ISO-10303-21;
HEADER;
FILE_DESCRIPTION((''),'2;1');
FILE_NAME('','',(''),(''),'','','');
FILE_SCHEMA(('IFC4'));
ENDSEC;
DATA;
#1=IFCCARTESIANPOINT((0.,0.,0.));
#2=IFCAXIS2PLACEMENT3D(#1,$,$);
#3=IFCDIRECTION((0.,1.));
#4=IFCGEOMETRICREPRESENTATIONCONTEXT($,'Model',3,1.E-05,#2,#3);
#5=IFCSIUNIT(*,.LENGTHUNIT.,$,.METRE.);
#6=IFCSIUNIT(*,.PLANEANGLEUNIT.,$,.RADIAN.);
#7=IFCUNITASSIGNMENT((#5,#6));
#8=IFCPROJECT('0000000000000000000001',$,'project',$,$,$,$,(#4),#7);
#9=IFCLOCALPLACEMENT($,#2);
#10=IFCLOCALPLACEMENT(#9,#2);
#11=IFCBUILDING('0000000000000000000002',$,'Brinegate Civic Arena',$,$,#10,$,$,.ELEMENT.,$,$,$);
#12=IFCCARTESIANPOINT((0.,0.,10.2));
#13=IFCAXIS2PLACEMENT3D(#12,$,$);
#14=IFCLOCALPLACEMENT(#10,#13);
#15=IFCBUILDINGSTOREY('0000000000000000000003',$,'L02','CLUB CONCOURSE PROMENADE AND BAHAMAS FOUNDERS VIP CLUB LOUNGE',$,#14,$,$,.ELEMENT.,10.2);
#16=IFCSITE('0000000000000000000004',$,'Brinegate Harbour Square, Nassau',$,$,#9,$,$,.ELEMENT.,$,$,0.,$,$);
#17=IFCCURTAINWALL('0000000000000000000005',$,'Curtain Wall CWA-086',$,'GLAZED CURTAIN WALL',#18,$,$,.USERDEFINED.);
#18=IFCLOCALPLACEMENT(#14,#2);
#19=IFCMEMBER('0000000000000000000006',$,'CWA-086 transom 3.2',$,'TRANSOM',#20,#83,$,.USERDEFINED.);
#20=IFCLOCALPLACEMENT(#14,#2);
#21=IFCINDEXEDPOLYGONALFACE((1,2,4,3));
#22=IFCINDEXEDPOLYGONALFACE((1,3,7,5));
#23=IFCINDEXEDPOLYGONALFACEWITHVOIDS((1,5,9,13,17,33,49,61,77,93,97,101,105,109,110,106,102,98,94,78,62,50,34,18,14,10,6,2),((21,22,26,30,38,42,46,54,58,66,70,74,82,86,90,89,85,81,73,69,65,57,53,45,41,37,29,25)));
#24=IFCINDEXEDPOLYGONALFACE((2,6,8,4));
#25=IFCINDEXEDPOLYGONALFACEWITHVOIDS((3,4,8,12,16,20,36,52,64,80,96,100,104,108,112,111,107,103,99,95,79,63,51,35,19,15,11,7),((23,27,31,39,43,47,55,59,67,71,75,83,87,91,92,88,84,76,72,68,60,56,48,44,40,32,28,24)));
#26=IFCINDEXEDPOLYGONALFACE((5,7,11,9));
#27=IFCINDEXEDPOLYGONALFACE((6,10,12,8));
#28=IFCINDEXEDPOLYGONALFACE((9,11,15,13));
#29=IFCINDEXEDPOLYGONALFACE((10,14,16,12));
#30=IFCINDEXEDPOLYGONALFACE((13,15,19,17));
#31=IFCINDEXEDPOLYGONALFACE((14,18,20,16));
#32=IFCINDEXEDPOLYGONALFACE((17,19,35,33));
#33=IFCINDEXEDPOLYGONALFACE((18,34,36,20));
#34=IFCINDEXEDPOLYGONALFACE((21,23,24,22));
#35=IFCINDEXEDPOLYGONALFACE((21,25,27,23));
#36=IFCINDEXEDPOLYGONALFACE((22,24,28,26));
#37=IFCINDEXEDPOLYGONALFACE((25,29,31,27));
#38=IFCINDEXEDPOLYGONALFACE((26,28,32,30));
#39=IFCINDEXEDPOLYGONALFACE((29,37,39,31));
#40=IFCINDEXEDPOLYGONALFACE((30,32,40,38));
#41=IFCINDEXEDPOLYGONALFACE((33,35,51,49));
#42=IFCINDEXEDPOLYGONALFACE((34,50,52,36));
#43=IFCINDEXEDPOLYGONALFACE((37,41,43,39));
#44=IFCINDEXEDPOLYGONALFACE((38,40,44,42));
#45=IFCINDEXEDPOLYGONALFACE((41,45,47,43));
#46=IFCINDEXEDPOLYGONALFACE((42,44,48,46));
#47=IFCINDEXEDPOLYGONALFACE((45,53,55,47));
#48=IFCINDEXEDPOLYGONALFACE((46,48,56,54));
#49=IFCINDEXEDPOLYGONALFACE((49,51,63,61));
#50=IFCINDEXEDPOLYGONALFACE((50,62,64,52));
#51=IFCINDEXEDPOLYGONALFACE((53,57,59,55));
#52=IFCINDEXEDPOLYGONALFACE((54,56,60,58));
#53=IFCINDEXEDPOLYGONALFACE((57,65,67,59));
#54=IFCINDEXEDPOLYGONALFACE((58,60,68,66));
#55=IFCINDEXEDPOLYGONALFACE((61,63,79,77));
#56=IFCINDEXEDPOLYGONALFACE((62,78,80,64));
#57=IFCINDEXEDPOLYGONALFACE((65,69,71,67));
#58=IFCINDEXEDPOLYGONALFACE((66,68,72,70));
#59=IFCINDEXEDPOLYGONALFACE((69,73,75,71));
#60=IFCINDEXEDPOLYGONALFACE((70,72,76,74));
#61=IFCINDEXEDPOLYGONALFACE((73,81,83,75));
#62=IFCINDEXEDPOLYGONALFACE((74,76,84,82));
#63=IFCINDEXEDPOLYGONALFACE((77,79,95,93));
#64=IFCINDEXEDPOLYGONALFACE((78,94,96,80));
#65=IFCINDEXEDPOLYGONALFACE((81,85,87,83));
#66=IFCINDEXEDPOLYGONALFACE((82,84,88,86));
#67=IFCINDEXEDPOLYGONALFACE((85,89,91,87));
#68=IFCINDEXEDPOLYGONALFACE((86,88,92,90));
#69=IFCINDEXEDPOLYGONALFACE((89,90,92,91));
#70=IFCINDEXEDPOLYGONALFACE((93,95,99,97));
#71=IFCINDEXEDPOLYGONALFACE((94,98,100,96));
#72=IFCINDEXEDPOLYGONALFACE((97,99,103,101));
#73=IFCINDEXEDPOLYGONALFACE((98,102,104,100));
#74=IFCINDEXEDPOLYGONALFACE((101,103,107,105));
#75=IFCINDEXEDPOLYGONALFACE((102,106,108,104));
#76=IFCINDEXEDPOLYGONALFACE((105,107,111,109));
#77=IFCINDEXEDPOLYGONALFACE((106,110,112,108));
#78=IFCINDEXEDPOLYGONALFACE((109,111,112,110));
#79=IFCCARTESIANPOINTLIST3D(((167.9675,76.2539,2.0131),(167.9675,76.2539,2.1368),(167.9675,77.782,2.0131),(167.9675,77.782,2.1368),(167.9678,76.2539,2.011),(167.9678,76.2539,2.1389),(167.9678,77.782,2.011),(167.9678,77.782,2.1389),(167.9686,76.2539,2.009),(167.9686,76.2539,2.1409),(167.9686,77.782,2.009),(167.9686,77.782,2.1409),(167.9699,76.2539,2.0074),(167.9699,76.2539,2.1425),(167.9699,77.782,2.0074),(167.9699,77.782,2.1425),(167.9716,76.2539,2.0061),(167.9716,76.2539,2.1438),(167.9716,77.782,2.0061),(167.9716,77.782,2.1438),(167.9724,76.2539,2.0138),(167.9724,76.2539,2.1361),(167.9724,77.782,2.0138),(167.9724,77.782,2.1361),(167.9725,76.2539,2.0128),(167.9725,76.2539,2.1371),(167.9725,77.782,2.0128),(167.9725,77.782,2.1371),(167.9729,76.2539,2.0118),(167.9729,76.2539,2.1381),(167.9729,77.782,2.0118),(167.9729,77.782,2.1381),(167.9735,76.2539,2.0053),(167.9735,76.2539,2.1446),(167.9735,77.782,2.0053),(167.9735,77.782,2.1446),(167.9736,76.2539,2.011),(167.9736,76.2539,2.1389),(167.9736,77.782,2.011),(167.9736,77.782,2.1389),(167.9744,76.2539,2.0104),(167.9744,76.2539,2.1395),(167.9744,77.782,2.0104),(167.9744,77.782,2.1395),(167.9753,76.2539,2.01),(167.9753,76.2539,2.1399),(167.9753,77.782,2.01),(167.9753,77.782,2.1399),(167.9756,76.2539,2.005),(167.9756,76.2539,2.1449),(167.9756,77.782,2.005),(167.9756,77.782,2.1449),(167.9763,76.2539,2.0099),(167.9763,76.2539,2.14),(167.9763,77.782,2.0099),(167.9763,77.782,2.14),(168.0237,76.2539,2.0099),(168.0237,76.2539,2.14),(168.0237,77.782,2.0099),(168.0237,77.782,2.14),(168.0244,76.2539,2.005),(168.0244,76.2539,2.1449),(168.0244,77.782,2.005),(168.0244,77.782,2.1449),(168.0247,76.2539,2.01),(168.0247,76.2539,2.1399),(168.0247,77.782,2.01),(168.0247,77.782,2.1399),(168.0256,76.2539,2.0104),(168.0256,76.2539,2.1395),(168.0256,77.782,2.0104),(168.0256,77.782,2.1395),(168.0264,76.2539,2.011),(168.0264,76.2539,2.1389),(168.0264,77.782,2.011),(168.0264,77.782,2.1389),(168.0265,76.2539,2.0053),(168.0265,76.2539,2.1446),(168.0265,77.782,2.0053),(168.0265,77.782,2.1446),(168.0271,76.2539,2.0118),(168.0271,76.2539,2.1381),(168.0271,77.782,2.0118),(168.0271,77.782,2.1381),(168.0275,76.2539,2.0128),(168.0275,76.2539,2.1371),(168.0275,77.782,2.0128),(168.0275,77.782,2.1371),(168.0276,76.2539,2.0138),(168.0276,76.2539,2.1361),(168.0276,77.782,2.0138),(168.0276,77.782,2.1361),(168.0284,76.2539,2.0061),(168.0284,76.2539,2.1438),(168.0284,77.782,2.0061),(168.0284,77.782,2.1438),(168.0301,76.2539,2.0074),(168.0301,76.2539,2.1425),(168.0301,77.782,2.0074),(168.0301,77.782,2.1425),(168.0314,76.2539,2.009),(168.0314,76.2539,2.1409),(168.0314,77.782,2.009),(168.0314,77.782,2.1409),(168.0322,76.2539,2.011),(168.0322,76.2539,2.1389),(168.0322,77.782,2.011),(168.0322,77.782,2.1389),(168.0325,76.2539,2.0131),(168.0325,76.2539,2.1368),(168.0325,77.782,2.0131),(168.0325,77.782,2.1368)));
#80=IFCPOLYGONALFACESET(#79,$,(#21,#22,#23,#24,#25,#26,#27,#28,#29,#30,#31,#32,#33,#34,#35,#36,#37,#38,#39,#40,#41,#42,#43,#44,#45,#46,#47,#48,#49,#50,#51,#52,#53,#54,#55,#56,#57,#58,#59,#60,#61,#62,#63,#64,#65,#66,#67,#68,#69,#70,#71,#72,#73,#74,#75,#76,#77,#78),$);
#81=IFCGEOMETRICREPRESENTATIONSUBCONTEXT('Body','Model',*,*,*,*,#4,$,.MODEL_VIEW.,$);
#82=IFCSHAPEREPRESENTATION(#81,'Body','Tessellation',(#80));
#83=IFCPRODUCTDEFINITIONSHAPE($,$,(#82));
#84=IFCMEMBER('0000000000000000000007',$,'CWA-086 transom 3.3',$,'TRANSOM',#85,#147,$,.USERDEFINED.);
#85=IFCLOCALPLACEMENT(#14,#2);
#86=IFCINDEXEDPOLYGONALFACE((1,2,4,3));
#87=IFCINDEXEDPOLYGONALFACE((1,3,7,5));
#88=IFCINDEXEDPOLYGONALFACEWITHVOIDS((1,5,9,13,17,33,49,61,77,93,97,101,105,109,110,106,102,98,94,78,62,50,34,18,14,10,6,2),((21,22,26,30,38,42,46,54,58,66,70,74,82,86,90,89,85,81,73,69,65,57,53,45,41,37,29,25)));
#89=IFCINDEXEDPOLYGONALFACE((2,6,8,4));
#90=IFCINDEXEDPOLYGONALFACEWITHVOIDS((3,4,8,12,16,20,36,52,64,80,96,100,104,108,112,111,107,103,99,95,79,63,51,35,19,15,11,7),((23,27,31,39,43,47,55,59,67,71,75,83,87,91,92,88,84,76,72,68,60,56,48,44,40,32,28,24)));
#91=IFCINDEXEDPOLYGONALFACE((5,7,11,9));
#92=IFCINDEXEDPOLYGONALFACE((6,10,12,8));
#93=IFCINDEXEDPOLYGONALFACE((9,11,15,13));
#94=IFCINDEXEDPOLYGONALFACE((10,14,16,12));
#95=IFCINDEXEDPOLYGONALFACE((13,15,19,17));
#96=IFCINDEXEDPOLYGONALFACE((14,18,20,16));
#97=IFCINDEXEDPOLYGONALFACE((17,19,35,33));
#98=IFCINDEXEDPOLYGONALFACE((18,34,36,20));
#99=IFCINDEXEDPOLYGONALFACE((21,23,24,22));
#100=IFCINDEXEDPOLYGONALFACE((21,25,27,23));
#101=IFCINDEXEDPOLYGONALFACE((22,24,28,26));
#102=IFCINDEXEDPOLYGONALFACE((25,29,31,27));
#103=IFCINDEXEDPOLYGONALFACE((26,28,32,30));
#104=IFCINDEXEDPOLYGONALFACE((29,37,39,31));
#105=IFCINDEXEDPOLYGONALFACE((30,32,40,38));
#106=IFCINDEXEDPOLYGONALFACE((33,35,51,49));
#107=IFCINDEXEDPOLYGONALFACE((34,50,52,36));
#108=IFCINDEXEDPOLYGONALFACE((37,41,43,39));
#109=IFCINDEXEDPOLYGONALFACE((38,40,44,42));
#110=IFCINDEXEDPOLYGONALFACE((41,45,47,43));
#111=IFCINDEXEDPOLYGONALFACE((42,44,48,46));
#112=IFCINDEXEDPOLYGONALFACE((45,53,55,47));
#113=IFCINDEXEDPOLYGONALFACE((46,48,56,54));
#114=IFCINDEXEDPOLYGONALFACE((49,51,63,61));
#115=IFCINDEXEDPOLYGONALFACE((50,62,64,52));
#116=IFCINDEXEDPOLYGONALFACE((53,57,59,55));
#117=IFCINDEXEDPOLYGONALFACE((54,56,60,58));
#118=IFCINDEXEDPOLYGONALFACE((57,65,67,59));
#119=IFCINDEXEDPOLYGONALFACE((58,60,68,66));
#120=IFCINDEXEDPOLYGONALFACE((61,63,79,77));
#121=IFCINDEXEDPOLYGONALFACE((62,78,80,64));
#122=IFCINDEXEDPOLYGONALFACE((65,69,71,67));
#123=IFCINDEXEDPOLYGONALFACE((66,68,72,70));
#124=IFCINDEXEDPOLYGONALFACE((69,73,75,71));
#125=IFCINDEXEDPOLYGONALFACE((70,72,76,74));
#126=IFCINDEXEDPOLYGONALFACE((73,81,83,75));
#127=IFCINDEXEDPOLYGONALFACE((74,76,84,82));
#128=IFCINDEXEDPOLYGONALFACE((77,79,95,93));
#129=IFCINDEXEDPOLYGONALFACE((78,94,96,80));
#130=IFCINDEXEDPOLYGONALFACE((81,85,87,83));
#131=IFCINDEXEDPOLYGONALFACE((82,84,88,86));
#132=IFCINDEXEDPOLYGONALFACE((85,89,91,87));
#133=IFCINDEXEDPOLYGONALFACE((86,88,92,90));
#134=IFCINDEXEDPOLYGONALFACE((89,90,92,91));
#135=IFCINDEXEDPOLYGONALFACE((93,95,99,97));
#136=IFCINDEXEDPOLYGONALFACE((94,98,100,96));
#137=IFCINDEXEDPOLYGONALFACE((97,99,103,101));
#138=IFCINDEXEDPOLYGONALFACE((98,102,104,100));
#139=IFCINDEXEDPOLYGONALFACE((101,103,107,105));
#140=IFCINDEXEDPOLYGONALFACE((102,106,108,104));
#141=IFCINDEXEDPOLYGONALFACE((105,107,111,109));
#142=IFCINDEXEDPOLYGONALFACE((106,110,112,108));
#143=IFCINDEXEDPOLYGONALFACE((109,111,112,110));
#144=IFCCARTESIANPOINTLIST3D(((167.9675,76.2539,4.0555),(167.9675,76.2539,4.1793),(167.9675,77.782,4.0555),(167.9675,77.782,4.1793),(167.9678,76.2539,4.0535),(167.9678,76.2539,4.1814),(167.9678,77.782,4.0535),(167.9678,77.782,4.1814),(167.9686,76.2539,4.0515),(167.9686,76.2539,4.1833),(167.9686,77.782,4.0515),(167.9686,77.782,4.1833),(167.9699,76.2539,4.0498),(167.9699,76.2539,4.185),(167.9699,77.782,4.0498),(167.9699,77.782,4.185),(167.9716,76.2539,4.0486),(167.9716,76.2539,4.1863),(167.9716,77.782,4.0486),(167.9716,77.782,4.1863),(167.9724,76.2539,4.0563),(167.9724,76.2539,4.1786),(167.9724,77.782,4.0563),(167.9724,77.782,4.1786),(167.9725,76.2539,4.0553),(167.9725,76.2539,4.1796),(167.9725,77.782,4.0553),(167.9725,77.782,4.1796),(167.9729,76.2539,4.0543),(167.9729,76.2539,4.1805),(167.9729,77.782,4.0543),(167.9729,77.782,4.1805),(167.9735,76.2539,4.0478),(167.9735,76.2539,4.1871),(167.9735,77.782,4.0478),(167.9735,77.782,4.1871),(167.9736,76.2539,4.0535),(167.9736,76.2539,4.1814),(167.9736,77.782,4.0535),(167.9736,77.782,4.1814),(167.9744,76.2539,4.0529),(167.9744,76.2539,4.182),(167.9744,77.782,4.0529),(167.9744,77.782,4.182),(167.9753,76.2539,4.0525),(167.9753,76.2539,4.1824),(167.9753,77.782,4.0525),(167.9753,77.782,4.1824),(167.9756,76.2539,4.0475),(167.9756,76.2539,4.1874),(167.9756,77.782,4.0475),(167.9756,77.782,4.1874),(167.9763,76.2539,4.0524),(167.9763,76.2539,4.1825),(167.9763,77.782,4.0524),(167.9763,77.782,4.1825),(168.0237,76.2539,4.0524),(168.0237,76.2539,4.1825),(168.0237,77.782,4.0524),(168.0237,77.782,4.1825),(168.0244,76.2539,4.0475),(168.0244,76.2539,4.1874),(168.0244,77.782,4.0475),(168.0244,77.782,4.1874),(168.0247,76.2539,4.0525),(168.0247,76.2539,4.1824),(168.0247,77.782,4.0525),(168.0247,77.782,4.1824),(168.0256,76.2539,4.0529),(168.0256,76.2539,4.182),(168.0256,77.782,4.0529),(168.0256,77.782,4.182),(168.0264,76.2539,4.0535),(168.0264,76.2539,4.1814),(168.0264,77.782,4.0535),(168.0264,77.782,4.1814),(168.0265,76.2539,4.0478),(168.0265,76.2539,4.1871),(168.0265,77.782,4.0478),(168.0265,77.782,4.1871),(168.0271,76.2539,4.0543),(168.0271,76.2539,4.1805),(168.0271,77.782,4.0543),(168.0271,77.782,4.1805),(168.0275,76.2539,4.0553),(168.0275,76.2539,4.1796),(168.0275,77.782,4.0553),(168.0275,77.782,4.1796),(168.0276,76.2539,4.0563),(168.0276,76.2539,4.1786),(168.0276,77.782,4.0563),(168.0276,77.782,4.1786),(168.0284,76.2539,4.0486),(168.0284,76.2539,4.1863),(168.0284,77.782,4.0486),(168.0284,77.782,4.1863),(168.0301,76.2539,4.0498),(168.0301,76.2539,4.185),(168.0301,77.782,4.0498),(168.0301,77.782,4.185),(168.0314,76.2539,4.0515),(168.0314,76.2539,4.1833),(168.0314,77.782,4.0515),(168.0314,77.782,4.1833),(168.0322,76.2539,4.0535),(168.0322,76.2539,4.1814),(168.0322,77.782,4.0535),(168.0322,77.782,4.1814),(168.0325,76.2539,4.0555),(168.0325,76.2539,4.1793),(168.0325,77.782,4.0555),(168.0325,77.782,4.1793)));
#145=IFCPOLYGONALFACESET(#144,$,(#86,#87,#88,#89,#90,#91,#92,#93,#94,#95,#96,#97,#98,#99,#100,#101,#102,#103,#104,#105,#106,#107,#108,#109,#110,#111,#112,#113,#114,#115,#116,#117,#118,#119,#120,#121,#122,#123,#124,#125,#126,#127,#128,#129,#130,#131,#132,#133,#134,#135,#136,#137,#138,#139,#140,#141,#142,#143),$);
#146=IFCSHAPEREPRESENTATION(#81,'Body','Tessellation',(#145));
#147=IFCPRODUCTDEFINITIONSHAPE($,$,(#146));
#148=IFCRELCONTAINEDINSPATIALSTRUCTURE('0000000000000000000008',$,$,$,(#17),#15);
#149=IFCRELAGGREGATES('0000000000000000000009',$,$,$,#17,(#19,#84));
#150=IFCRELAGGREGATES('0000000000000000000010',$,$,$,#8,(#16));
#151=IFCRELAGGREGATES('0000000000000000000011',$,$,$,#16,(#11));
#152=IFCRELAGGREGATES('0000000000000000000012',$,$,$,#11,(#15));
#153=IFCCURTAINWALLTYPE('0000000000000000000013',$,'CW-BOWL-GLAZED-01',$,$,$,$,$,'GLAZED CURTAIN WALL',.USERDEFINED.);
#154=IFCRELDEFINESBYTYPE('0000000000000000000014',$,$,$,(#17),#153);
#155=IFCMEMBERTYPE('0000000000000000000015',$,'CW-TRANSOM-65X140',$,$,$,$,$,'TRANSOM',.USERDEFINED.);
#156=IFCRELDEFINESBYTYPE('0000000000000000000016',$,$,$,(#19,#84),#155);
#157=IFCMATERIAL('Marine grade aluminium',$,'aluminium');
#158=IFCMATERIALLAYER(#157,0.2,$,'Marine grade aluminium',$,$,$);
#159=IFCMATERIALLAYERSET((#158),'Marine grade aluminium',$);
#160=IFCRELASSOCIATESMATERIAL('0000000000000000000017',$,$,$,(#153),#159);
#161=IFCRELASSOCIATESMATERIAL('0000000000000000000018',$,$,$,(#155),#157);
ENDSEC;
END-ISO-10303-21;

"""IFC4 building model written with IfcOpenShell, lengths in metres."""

from ifc_helpers import new_model, si_unit, direction, frame, origin, origin_2d, place, context, subcontext, project, spatial, hollow_rectangle, extrude, material, layer, layer_set, material_profile, profile_set, type_object, element, aggregate, save


model = new_model("IFC4")

# Units and contexts
model_context = context("Model", 3, precision=1e-05, world=origin(), true_north=direction((0.0, 1.0)))
body_context = subcontext(model_context, "Body", "Model", "MODEL_VIEW")
ifc_project = project(units=[si_unit("LENGTHUNIT", "METRE"), si_unit("PLANEANGLEUNIT", "RADIAN")], contexts=[model_context])

# Site, building, storey
site_placement = place(None, origin())
site = spatial("IfcSite", under=ifc_project, at=site_placement, Name="Brinegate Harbour Square, Nassau", CompositionType="ELEMENT", RefElevation=0.0)
building_placement = place(site_placement, origin())
building = spatial("IfcBuilding", under=site, at=building_placement, Name="Brinegate Civic Arena", CompositionType="ELEMENT")
storey_placement = place(building_placement, frame((0.0, 0.0, 10.2)))
storey = spatial("IfcBuildingStorey", under=building, at=storey_placement, Name="L02", Description="CLUB CONCOURSE PROMENADE AND BAHAMAS FOUNDERS VIP CLUB LOUNGE", CompositionType="ELEMENT", Elevation=10.2)

# Shared definitions
ifc_material_1 = material(Name="Marine grade aluminium", Category="aluminium")
ifc_layer_1 = layer(ifc_material_1, 0.2, Name="Marine grade aluminium")
ifc_layer_set_1 = layer_set([ifc_layer_1], Name="Marine grade aluminium")
curtain_wall_type = type_object("IfcCurtainWallType", Name="CW-BOWL-GLAZED-01", ElementType="GLAZED CURTAIN WALL", PredefinedType="USERDEFINED", material=ifc_layer_set_1)

# Curtain wall, members
curtain_wall_1_placement = place(storey_placement, origin())
curtain_wall_1 = element("IfcCurtainWall", 1, at=curtain_wall_1_placement, inside=storey, type_object=curtain_wall_type, Name="Curtain Wall CWA-086", ObjectType="GLAZED CURTAIN WALL", PredefinedType="USERDEFINED")
ifc_material_profile_1 = material_profile(ifc_material_1, hollow_rectangle(XDim=0.0649, YDim=0.1399, WallThickness=0.0049, InnerFilletRadius=0.0039, OuterFilletRadius=0.0081, at=origin_2d()), Name="TRN65X140")
ifc_profile_set_1 = profile_set([ifc_material_profile_1], Name="Marine grade aluminium")
member_type_1 = type_object("IfcMemberType", Name="CW-TRANSOM-65X140", ElementType="TRANSOM", PredefinedType="USERDEFINED", material=ifc_profile_set_1)
member_1_placement = place(storey_placement, frame((168.0, 76.2539, 2.075), z_axis=(0.0, 1.0, 0.0), x_axis=(-1.0, 0.0, 0.0)))
member_1 = element("IfcMember", 2, at=member_1_placement, type_object=member_type_1, Name="CWA-086 transom 3.2", ObjectType="TRANSOM", PredefinedType="USERDEFINED", context=body_context, shape_type="SweptSolid", body=[
    extrude(hollow_rectangle(XDim=0.0649, YDim=0.1399, WallThickness=0.0049, InnerFilletRadius=0.0039, OuterFilletRadius=0.0081, at=origin_2d()), origin(), (0.0, 0.0, 1.0), 1.5281),
])
member_2_placement = place(storey_placement, frame((168.0, 76.2539, 4.1174), z_axis=(0.0, 1.0, 0.0), x_axis=(-1.0, 0.0, 0.0)))
member_2 = element("IfcMember", 3, at=member_2_placement, type_object=member_type_1, Name="CWA-086 transom 3.3", ObjectType="TRANSOM", PredefinedType="USERDEFINED", context=body_context, shape_type="SweptSolid", body=[
    extrude(hollow_rectangle(XDim=0.0649, YDim=0.1399, WallThickness=0.0049, InnerFilletRadius=0.0039, OuterFilletRadius=0.0081, at=origin_2d()), origin(), (0.0, 0.0, 1.0), 1.5281),
])

aggregate(curtain_wall_1, [member_1, member_2])

save(model, "model.ifc")
